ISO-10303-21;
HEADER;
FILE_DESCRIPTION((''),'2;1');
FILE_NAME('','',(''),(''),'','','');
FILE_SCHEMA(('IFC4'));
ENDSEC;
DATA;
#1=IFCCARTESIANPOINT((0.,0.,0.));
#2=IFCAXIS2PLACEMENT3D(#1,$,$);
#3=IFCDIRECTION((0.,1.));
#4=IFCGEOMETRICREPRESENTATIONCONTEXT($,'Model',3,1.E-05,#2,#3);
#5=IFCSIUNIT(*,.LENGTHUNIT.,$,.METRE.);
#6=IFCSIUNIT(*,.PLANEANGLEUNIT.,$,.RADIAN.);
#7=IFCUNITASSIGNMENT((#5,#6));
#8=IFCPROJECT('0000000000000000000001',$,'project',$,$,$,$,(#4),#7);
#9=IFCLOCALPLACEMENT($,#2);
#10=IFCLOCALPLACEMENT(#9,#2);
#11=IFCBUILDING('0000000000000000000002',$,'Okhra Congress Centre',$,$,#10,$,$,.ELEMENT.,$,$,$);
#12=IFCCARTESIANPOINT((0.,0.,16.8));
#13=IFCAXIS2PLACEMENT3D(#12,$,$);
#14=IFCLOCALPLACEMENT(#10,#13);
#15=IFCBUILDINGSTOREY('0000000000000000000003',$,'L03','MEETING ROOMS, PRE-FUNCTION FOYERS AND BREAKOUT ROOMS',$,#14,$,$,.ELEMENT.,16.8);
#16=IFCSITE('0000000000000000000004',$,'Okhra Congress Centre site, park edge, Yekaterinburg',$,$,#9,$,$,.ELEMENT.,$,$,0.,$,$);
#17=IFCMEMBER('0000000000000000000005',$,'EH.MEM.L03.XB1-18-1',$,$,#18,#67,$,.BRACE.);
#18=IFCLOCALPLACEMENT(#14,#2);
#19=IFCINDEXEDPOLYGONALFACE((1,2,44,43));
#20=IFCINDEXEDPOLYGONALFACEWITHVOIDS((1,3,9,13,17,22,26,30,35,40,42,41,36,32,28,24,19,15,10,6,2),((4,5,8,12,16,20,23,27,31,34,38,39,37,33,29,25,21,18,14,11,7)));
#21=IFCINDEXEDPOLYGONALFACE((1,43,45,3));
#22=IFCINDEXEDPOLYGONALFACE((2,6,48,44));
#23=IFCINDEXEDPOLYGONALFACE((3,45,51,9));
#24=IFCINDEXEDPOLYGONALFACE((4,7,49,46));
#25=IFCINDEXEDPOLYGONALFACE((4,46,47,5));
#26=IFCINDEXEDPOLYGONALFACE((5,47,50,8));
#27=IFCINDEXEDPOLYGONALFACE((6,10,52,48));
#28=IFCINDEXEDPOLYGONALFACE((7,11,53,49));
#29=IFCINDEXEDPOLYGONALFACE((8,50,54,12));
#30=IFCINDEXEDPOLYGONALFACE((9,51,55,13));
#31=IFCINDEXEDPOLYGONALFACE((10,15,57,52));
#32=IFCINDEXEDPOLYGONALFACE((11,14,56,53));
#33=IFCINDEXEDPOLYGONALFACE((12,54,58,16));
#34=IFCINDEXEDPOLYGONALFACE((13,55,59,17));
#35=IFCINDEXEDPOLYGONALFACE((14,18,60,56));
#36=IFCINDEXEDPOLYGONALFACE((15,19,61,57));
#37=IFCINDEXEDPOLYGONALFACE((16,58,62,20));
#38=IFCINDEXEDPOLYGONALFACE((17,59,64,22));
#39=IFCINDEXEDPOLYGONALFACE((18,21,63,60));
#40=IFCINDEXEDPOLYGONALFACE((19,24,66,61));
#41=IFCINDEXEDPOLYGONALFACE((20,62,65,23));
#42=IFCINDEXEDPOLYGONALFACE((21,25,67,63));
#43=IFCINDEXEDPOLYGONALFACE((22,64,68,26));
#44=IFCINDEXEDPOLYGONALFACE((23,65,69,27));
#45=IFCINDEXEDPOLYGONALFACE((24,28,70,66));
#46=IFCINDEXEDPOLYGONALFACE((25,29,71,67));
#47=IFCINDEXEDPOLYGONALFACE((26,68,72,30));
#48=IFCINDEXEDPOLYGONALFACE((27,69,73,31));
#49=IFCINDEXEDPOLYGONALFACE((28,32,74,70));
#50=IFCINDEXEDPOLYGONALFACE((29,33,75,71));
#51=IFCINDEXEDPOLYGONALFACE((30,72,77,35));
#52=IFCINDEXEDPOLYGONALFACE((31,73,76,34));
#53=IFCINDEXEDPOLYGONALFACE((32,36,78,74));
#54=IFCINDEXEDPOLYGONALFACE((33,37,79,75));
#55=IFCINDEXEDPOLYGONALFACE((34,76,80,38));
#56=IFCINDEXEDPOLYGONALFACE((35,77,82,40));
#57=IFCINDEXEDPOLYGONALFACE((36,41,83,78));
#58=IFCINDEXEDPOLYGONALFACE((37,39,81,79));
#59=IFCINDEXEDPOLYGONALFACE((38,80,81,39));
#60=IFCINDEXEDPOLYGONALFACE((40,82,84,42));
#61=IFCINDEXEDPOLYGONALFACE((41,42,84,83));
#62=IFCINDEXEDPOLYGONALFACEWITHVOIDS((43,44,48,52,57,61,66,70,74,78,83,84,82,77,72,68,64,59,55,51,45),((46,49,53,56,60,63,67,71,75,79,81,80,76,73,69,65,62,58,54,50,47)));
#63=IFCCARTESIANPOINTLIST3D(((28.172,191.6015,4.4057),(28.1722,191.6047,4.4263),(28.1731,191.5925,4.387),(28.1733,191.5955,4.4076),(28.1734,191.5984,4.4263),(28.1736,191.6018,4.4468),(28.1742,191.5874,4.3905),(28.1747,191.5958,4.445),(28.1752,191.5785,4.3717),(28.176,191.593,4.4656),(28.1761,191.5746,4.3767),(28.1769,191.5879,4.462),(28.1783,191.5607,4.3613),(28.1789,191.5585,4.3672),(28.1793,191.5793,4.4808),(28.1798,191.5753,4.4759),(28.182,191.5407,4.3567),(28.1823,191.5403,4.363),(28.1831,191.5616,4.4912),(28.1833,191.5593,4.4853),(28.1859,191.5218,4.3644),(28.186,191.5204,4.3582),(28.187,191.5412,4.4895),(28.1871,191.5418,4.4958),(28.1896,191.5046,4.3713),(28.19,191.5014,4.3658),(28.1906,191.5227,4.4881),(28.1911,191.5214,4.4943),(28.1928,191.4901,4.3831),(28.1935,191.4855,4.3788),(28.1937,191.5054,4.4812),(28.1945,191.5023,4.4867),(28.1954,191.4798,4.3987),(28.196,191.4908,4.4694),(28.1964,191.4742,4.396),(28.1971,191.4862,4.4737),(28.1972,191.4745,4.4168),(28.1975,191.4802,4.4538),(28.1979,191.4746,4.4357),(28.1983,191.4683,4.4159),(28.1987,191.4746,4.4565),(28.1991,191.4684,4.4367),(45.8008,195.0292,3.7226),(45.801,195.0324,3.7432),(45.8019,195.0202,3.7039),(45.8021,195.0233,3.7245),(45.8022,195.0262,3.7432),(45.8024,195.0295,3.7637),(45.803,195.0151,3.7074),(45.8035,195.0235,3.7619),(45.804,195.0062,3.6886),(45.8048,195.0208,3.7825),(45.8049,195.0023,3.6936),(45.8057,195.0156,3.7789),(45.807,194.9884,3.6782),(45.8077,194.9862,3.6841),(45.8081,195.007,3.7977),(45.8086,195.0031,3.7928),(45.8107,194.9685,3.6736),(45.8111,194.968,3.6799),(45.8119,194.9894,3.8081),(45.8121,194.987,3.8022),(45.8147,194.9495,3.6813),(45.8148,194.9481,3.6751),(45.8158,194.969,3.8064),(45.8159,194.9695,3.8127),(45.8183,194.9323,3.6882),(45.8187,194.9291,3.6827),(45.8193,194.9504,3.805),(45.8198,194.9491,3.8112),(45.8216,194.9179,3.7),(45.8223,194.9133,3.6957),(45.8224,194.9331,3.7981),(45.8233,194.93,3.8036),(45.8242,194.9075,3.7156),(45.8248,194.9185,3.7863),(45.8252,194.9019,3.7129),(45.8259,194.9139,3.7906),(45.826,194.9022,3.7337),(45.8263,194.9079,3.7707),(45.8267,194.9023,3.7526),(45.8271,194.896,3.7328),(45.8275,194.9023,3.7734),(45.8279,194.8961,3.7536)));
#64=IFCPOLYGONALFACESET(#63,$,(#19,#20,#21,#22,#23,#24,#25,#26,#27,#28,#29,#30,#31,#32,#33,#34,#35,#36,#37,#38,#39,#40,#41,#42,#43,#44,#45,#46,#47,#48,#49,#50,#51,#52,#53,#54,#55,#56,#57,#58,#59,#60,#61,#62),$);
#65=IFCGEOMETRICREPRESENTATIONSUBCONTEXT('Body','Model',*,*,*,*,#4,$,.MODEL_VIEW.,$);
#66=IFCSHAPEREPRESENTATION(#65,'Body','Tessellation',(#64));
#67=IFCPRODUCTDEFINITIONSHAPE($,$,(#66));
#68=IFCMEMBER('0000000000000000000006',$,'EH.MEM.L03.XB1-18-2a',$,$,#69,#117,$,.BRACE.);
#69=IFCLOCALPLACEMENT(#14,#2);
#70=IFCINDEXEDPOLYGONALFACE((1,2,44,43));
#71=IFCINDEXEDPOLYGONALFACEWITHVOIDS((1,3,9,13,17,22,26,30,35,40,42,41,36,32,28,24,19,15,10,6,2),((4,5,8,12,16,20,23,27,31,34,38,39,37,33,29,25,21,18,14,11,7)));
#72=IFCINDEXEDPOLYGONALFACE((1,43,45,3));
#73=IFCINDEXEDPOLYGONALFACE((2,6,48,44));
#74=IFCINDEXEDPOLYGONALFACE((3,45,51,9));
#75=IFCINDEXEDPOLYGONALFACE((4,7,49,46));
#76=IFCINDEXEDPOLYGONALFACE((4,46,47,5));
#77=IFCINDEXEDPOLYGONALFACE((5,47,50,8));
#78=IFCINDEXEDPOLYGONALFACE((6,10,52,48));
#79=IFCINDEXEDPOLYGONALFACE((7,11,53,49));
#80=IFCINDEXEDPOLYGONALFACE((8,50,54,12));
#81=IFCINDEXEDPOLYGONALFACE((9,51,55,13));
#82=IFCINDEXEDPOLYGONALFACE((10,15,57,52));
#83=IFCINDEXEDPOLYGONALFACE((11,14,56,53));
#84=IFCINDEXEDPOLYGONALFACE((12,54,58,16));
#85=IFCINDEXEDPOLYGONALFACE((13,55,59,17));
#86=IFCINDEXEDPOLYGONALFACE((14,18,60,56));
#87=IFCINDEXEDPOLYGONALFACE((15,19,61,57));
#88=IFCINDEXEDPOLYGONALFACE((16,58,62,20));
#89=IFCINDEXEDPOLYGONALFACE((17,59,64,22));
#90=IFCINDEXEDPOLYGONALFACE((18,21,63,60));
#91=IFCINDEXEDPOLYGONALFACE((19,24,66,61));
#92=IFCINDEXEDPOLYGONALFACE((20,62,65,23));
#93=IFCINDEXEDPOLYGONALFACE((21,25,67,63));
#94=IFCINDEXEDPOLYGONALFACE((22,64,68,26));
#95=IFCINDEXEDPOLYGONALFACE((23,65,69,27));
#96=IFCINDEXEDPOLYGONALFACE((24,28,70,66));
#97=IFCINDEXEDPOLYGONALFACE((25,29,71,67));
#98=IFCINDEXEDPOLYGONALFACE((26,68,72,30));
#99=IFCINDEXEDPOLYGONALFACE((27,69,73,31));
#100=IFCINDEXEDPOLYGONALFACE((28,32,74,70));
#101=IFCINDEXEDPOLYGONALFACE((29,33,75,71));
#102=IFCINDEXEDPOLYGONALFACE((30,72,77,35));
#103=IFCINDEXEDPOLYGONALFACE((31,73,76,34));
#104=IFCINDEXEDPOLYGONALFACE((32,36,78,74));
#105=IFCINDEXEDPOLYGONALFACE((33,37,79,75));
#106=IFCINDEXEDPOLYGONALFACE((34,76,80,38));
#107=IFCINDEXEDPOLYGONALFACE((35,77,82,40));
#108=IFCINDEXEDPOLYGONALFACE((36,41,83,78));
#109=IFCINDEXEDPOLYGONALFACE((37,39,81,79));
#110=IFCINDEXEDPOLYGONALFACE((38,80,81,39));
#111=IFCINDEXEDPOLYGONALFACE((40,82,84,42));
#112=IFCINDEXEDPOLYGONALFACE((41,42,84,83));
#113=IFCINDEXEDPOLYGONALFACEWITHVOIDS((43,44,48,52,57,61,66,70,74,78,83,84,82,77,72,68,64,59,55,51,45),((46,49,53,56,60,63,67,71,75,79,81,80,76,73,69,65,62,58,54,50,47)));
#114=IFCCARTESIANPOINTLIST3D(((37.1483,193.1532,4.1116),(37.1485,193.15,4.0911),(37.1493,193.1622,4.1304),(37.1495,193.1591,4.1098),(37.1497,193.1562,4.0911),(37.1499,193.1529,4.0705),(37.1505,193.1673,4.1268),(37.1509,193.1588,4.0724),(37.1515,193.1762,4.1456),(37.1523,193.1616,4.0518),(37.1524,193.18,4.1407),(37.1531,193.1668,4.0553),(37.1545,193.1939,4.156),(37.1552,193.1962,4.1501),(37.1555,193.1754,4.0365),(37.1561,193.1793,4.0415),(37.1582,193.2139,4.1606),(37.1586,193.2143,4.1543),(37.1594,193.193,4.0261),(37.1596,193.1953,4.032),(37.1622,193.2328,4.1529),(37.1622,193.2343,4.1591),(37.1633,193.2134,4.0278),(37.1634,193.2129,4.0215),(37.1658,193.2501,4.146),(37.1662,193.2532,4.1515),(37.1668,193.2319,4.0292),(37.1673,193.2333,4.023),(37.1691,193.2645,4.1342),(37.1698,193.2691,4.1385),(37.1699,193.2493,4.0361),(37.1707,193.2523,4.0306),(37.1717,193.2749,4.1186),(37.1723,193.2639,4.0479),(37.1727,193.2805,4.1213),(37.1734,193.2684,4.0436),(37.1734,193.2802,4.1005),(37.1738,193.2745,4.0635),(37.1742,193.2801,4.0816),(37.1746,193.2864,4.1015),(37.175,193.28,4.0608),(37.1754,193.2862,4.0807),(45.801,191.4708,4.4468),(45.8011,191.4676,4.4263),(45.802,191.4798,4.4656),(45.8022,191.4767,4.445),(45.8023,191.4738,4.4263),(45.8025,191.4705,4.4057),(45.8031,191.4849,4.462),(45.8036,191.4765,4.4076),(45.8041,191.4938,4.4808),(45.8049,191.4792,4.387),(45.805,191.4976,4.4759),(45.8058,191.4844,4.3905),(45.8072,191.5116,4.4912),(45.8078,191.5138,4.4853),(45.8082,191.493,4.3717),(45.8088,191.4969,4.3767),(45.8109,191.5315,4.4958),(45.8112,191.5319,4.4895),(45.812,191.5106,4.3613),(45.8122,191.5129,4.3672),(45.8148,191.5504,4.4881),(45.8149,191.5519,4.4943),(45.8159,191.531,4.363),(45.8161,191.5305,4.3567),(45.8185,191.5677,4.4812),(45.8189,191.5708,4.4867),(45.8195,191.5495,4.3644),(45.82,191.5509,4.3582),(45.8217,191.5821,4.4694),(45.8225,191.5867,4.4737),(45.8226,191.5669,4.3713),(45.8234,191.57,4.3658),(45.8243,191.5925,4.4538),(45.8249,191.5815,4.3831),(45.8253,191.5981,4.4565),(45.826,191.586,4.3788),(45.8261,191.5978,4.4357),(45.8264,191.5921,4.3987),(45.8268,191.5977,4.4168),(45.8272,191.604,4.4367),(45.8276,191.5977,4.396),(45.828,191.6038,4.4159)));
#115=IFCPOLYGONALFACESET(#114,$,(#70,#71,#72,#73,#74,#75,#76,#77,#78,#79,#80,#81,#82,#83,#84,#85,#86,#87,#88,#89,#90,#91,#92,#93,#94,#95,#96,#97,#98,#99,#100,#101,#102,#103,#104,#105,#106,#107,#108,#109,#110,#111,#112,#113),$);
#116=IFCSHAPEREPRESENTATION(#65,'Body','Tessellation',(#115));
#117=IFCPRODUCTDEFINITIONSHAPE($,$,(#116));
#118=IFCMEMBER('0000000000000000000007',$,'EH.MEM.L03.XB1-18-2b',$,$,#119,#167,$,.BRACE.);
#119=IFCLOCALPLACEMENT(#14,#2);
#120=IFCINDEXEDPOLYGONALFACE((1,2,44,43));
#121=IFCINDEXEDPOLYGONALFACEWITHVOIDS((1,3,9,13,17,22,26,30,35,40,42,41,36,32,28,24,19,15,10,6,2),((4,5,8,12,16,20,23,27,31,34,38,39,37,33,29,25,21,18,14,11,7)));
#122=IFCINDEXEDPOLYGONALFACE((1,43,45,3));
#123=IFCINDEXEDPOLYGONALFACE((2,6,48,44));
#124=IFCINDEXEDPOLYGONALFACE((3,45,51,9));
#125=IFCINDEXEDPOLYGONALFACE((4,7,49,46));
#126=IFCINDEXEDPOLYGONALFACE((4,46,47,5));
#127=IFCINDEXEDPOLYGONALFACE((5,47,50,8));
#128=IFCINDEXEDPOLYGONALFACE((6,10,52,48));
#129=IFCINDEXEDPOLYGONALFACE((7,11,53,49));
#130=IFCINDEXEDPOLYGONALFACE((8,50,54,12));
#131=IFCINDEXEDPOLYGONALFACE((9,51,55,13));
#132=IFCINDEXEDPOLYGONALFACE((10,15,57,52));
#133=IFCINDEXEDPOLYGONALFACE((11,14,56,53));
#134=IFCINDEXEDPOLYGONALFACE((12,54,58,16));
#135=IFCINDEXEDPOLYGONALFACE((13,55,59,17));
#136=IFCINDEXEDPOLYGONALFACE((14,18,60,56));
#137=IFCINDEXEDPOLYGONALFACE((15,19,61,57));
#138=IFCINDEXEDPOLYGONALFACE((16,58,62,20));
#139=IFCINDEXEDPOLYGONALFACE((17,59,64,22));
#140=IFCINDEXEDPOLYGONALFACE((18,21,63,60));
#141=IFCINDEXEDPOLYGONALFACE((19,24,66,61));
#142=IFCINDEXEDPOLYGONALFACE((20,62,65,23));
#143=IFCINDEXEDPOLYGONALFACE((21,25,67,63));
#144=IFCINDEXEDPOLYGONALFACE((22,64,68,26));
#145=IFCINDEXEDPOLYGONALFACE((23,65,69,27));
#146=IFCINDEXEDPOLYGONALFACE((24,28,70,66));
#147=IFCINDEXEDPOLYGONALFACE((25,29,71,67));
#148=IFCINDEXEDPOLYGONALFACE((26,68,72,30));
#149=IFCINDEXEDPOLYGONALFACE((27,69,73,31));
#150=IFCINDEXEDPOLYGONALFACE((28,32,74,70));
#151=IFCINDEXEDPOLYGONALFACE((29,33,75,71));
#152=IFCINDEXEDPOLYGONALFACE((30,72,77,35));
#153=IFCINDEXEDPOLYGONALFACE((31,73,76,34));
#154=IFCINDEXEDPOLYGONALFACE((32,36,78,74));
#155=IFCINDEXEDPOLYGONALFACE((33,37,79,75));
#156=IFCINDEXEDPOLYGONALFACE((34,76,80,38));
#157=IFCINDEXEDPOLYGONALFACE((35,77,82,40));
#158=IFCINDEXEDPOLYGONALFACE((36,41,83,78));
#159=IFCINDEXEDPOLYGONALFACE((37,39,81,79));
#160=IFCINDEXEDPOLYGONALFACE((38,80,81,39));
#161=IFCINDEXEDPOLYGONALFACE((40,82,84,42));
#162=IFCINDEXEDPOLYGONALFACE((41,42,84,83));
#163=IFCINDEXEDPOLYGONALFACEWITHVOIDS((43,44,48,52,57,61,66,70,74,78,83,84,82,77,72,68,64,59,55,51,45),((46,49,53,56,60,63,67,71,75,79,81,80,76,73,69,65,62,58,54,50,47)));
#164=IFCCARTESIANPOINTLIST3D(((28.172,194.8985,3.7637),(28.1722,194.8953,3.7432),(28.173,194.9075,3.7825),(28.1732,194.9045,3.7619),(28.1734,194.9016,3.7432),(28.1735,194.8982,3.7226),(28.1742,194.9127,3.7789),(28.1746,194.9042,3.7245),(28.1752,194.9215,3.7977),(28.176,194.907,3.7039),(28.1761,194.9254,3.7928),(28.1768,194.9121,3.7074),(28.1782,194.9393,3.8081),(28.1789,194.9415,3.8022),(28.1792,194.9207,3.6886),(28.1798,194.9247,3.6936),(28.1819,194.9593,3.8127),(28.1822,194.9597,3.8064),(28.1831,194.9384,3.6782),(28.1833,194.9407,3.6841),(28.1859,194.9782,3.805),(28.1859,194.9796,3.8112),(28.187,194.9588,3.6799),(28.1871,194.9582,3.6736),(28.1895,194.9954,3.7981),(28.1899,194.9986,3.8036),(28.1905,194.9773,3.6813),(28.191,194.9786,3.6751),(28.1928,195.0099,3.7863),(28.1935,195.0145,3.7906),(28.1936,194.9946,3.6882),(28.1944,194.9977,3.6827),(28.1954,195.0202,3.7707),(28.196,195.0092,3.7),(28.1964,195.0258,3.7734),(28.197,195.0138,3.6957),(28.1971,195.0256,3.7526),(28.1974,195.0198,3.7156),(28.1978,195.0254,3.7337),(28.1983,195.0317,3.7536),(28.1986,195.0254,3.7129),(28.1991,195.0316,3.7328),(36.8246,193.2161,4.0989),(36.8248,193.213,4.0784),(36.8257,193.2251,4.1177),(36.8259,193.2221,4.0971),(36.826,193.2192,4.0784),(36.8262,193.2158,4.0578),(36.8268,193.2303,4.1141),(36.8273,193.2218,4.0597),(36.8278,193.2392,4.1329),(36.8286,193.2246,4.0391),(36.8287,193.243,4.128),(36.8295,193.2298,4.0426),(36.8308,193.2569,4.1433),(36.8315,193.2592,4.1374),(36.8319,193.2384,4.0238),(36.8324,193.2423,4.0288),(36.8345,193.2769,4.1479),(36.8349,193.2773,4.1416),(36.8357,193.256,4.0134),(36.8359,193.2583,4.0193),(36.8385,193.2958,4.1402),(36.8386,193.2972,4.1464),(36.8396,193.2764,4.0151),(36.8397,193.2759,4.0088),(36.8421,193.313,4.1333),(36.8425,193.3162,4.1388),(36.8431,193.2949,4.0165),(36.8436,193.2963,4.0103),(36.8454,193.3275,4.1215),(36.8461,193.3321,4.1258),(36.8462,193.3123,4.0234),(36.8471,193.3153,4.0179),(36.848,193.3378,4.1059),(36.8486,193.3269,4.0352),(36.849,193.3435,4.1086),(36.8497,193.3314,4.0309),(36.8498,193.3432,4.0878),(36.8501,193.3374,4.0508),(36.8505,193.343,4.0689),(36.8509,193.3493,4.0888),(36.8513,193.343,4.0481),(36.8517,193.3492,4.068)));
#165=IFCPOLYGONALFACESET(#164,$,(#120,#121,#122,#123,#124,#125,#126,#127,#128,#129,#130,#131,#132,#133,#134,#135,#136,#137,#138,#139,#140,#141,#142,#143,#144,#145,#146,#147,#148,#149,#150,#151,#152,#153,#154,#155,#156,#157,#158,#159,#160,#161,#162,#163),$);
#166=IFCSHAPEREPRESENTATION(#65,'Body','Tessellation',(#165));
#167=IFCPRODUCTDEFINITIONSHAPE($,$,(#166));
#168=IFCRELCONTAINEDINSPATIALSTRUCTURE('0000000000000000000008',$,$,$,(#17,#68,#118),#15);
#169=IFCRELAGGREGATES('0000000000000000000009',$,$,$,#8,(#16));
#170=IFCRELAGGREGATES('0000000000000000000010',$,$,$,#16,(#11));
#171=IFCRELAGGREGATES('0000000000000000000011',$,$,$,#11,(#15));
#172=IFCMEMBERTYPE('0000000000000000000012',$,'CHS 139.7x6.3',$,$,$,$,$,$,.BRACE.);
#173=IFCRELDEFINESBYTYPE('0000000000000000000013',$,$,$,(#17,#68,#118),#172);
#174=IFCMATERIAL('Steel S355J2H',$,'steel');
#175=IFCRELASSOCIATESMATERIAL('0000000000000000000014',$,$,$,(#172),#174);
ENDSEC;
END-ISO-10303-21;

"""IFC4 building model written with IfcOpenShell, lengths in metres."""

from ifc_helpers import new_model, si_unit, direction, frame, origin, origin_2d, place, context, subcontext, project, spatial, hollow_circle, extrude, material, material_profile, profile_set, type_object, element, save


model = new_model("IFC4")

# Units and contexts
model_context = context("Model", 3, precision=1e-05, world=origin(), true_north=direction((0.0, 1.0)))
body_context = subcontext(model_context, "Body", "Model", "MODEL_VIEW")
ifc_project = project(units=[si_unit("LENGTHUNIT", "METRE"), si_unit("PLANEANGLEUNIT", "RADIAN")], contexts=[model_context])

# Site, building, storey
site_placement = place(None, origin())
site = spatial("IfcSite", under=ifc_project, at=site_placement, Name="Okhra Congress Centre site, park edge, Yekaterinburg", CompositionType="ELEMENT", RefElevation=0.0)
building_placement = place(site_placement, origin())
building = spatial("IfcBuilding", under=site, at=building_placement, Name="Okhra Congress Centre", CompositionType="ELEMENT")
storey_placement = place(building_placement, frame((0.0, 0.0, 16.8)))
storey = spatial("IfcBuildingStorey", under=building, at=storey_placement, Name="L03", Description="MEETING ROOMS, PRE-FUNCTION FOYERS AND BREAKOUT ROOMS", CompositionType="ELEMENT", Elevation=16.8)

# Members
ifc_material_1 = material(Name="Steel S355J2H", Category="steel")
ifc_material_profile_1 = material_profile(ifc_material_1, hollow_circle(Radius=0.0698, WallThickness=0.0063, at=origin_2d()), Name="CHS 139.7x6.3")
ifc_profile_set_1 = profile_set([ifc_material_profile_1], Name="Steel S355J2H")
member_type_1 = type_object("IfcMemberType", Name="CHS 139.7x6.3", PredefinedType="BRACE", material=ifc_profile_set_1)
member_1_placement = place(storey_placement, frame((28.1855, 191.5361, 4.4263), z_axis=(0.980907, 0.190726, -0.038009), x_axis=(-0.190864, 0.981617, 0.0)))
element("IfcMember", 1, at=member_1_placement, inside=storey, type_object=member_type_1, Name="EH.MEM.L03.XB1-18-1", PredefinedType="BRACE", context=body_context, shape_type="SweptSolid", body=[
    extrude(hollow_circle(Radius=0.0698, WallThickness=0.0063, at=origin_2d()), origin(), (0.0, 0.0, 1.0), 17.9719),
])
for number, where, z_axis, x_axis, name in (
    (2, (45.8145, 191.5361, 4.4263), (-0.980908, 0.190724, -0.038001), (-0.190862, -0.981617, 0.0), "EH.MEM.L03.XB1-18-2a"),
    (3, (36.8381, 193.2815, 4.0784), (-0.980908, 0.190724, -0.038001), (-0.190862, -0.981617, 0.0), "EH.MEM.L03.XB1-18-2b"),
):
    element("IfcMember", number, at=place(storey_placement, frame(where, z_axis=z_axis, x_axis=x_axis)), inside=storey, type_object=member_type_1, Name=name, PredefinedType="BRACE", context=body_context, shape_type="SweptSolid", body=[
        extrude(hollow_circle(Radius=0.0698, WallThickness=0.0063, at=origin_2d()), origin(), (0.0, 0.0, 1.0), 8.821),
    ])

save(model, "model.ifc")
